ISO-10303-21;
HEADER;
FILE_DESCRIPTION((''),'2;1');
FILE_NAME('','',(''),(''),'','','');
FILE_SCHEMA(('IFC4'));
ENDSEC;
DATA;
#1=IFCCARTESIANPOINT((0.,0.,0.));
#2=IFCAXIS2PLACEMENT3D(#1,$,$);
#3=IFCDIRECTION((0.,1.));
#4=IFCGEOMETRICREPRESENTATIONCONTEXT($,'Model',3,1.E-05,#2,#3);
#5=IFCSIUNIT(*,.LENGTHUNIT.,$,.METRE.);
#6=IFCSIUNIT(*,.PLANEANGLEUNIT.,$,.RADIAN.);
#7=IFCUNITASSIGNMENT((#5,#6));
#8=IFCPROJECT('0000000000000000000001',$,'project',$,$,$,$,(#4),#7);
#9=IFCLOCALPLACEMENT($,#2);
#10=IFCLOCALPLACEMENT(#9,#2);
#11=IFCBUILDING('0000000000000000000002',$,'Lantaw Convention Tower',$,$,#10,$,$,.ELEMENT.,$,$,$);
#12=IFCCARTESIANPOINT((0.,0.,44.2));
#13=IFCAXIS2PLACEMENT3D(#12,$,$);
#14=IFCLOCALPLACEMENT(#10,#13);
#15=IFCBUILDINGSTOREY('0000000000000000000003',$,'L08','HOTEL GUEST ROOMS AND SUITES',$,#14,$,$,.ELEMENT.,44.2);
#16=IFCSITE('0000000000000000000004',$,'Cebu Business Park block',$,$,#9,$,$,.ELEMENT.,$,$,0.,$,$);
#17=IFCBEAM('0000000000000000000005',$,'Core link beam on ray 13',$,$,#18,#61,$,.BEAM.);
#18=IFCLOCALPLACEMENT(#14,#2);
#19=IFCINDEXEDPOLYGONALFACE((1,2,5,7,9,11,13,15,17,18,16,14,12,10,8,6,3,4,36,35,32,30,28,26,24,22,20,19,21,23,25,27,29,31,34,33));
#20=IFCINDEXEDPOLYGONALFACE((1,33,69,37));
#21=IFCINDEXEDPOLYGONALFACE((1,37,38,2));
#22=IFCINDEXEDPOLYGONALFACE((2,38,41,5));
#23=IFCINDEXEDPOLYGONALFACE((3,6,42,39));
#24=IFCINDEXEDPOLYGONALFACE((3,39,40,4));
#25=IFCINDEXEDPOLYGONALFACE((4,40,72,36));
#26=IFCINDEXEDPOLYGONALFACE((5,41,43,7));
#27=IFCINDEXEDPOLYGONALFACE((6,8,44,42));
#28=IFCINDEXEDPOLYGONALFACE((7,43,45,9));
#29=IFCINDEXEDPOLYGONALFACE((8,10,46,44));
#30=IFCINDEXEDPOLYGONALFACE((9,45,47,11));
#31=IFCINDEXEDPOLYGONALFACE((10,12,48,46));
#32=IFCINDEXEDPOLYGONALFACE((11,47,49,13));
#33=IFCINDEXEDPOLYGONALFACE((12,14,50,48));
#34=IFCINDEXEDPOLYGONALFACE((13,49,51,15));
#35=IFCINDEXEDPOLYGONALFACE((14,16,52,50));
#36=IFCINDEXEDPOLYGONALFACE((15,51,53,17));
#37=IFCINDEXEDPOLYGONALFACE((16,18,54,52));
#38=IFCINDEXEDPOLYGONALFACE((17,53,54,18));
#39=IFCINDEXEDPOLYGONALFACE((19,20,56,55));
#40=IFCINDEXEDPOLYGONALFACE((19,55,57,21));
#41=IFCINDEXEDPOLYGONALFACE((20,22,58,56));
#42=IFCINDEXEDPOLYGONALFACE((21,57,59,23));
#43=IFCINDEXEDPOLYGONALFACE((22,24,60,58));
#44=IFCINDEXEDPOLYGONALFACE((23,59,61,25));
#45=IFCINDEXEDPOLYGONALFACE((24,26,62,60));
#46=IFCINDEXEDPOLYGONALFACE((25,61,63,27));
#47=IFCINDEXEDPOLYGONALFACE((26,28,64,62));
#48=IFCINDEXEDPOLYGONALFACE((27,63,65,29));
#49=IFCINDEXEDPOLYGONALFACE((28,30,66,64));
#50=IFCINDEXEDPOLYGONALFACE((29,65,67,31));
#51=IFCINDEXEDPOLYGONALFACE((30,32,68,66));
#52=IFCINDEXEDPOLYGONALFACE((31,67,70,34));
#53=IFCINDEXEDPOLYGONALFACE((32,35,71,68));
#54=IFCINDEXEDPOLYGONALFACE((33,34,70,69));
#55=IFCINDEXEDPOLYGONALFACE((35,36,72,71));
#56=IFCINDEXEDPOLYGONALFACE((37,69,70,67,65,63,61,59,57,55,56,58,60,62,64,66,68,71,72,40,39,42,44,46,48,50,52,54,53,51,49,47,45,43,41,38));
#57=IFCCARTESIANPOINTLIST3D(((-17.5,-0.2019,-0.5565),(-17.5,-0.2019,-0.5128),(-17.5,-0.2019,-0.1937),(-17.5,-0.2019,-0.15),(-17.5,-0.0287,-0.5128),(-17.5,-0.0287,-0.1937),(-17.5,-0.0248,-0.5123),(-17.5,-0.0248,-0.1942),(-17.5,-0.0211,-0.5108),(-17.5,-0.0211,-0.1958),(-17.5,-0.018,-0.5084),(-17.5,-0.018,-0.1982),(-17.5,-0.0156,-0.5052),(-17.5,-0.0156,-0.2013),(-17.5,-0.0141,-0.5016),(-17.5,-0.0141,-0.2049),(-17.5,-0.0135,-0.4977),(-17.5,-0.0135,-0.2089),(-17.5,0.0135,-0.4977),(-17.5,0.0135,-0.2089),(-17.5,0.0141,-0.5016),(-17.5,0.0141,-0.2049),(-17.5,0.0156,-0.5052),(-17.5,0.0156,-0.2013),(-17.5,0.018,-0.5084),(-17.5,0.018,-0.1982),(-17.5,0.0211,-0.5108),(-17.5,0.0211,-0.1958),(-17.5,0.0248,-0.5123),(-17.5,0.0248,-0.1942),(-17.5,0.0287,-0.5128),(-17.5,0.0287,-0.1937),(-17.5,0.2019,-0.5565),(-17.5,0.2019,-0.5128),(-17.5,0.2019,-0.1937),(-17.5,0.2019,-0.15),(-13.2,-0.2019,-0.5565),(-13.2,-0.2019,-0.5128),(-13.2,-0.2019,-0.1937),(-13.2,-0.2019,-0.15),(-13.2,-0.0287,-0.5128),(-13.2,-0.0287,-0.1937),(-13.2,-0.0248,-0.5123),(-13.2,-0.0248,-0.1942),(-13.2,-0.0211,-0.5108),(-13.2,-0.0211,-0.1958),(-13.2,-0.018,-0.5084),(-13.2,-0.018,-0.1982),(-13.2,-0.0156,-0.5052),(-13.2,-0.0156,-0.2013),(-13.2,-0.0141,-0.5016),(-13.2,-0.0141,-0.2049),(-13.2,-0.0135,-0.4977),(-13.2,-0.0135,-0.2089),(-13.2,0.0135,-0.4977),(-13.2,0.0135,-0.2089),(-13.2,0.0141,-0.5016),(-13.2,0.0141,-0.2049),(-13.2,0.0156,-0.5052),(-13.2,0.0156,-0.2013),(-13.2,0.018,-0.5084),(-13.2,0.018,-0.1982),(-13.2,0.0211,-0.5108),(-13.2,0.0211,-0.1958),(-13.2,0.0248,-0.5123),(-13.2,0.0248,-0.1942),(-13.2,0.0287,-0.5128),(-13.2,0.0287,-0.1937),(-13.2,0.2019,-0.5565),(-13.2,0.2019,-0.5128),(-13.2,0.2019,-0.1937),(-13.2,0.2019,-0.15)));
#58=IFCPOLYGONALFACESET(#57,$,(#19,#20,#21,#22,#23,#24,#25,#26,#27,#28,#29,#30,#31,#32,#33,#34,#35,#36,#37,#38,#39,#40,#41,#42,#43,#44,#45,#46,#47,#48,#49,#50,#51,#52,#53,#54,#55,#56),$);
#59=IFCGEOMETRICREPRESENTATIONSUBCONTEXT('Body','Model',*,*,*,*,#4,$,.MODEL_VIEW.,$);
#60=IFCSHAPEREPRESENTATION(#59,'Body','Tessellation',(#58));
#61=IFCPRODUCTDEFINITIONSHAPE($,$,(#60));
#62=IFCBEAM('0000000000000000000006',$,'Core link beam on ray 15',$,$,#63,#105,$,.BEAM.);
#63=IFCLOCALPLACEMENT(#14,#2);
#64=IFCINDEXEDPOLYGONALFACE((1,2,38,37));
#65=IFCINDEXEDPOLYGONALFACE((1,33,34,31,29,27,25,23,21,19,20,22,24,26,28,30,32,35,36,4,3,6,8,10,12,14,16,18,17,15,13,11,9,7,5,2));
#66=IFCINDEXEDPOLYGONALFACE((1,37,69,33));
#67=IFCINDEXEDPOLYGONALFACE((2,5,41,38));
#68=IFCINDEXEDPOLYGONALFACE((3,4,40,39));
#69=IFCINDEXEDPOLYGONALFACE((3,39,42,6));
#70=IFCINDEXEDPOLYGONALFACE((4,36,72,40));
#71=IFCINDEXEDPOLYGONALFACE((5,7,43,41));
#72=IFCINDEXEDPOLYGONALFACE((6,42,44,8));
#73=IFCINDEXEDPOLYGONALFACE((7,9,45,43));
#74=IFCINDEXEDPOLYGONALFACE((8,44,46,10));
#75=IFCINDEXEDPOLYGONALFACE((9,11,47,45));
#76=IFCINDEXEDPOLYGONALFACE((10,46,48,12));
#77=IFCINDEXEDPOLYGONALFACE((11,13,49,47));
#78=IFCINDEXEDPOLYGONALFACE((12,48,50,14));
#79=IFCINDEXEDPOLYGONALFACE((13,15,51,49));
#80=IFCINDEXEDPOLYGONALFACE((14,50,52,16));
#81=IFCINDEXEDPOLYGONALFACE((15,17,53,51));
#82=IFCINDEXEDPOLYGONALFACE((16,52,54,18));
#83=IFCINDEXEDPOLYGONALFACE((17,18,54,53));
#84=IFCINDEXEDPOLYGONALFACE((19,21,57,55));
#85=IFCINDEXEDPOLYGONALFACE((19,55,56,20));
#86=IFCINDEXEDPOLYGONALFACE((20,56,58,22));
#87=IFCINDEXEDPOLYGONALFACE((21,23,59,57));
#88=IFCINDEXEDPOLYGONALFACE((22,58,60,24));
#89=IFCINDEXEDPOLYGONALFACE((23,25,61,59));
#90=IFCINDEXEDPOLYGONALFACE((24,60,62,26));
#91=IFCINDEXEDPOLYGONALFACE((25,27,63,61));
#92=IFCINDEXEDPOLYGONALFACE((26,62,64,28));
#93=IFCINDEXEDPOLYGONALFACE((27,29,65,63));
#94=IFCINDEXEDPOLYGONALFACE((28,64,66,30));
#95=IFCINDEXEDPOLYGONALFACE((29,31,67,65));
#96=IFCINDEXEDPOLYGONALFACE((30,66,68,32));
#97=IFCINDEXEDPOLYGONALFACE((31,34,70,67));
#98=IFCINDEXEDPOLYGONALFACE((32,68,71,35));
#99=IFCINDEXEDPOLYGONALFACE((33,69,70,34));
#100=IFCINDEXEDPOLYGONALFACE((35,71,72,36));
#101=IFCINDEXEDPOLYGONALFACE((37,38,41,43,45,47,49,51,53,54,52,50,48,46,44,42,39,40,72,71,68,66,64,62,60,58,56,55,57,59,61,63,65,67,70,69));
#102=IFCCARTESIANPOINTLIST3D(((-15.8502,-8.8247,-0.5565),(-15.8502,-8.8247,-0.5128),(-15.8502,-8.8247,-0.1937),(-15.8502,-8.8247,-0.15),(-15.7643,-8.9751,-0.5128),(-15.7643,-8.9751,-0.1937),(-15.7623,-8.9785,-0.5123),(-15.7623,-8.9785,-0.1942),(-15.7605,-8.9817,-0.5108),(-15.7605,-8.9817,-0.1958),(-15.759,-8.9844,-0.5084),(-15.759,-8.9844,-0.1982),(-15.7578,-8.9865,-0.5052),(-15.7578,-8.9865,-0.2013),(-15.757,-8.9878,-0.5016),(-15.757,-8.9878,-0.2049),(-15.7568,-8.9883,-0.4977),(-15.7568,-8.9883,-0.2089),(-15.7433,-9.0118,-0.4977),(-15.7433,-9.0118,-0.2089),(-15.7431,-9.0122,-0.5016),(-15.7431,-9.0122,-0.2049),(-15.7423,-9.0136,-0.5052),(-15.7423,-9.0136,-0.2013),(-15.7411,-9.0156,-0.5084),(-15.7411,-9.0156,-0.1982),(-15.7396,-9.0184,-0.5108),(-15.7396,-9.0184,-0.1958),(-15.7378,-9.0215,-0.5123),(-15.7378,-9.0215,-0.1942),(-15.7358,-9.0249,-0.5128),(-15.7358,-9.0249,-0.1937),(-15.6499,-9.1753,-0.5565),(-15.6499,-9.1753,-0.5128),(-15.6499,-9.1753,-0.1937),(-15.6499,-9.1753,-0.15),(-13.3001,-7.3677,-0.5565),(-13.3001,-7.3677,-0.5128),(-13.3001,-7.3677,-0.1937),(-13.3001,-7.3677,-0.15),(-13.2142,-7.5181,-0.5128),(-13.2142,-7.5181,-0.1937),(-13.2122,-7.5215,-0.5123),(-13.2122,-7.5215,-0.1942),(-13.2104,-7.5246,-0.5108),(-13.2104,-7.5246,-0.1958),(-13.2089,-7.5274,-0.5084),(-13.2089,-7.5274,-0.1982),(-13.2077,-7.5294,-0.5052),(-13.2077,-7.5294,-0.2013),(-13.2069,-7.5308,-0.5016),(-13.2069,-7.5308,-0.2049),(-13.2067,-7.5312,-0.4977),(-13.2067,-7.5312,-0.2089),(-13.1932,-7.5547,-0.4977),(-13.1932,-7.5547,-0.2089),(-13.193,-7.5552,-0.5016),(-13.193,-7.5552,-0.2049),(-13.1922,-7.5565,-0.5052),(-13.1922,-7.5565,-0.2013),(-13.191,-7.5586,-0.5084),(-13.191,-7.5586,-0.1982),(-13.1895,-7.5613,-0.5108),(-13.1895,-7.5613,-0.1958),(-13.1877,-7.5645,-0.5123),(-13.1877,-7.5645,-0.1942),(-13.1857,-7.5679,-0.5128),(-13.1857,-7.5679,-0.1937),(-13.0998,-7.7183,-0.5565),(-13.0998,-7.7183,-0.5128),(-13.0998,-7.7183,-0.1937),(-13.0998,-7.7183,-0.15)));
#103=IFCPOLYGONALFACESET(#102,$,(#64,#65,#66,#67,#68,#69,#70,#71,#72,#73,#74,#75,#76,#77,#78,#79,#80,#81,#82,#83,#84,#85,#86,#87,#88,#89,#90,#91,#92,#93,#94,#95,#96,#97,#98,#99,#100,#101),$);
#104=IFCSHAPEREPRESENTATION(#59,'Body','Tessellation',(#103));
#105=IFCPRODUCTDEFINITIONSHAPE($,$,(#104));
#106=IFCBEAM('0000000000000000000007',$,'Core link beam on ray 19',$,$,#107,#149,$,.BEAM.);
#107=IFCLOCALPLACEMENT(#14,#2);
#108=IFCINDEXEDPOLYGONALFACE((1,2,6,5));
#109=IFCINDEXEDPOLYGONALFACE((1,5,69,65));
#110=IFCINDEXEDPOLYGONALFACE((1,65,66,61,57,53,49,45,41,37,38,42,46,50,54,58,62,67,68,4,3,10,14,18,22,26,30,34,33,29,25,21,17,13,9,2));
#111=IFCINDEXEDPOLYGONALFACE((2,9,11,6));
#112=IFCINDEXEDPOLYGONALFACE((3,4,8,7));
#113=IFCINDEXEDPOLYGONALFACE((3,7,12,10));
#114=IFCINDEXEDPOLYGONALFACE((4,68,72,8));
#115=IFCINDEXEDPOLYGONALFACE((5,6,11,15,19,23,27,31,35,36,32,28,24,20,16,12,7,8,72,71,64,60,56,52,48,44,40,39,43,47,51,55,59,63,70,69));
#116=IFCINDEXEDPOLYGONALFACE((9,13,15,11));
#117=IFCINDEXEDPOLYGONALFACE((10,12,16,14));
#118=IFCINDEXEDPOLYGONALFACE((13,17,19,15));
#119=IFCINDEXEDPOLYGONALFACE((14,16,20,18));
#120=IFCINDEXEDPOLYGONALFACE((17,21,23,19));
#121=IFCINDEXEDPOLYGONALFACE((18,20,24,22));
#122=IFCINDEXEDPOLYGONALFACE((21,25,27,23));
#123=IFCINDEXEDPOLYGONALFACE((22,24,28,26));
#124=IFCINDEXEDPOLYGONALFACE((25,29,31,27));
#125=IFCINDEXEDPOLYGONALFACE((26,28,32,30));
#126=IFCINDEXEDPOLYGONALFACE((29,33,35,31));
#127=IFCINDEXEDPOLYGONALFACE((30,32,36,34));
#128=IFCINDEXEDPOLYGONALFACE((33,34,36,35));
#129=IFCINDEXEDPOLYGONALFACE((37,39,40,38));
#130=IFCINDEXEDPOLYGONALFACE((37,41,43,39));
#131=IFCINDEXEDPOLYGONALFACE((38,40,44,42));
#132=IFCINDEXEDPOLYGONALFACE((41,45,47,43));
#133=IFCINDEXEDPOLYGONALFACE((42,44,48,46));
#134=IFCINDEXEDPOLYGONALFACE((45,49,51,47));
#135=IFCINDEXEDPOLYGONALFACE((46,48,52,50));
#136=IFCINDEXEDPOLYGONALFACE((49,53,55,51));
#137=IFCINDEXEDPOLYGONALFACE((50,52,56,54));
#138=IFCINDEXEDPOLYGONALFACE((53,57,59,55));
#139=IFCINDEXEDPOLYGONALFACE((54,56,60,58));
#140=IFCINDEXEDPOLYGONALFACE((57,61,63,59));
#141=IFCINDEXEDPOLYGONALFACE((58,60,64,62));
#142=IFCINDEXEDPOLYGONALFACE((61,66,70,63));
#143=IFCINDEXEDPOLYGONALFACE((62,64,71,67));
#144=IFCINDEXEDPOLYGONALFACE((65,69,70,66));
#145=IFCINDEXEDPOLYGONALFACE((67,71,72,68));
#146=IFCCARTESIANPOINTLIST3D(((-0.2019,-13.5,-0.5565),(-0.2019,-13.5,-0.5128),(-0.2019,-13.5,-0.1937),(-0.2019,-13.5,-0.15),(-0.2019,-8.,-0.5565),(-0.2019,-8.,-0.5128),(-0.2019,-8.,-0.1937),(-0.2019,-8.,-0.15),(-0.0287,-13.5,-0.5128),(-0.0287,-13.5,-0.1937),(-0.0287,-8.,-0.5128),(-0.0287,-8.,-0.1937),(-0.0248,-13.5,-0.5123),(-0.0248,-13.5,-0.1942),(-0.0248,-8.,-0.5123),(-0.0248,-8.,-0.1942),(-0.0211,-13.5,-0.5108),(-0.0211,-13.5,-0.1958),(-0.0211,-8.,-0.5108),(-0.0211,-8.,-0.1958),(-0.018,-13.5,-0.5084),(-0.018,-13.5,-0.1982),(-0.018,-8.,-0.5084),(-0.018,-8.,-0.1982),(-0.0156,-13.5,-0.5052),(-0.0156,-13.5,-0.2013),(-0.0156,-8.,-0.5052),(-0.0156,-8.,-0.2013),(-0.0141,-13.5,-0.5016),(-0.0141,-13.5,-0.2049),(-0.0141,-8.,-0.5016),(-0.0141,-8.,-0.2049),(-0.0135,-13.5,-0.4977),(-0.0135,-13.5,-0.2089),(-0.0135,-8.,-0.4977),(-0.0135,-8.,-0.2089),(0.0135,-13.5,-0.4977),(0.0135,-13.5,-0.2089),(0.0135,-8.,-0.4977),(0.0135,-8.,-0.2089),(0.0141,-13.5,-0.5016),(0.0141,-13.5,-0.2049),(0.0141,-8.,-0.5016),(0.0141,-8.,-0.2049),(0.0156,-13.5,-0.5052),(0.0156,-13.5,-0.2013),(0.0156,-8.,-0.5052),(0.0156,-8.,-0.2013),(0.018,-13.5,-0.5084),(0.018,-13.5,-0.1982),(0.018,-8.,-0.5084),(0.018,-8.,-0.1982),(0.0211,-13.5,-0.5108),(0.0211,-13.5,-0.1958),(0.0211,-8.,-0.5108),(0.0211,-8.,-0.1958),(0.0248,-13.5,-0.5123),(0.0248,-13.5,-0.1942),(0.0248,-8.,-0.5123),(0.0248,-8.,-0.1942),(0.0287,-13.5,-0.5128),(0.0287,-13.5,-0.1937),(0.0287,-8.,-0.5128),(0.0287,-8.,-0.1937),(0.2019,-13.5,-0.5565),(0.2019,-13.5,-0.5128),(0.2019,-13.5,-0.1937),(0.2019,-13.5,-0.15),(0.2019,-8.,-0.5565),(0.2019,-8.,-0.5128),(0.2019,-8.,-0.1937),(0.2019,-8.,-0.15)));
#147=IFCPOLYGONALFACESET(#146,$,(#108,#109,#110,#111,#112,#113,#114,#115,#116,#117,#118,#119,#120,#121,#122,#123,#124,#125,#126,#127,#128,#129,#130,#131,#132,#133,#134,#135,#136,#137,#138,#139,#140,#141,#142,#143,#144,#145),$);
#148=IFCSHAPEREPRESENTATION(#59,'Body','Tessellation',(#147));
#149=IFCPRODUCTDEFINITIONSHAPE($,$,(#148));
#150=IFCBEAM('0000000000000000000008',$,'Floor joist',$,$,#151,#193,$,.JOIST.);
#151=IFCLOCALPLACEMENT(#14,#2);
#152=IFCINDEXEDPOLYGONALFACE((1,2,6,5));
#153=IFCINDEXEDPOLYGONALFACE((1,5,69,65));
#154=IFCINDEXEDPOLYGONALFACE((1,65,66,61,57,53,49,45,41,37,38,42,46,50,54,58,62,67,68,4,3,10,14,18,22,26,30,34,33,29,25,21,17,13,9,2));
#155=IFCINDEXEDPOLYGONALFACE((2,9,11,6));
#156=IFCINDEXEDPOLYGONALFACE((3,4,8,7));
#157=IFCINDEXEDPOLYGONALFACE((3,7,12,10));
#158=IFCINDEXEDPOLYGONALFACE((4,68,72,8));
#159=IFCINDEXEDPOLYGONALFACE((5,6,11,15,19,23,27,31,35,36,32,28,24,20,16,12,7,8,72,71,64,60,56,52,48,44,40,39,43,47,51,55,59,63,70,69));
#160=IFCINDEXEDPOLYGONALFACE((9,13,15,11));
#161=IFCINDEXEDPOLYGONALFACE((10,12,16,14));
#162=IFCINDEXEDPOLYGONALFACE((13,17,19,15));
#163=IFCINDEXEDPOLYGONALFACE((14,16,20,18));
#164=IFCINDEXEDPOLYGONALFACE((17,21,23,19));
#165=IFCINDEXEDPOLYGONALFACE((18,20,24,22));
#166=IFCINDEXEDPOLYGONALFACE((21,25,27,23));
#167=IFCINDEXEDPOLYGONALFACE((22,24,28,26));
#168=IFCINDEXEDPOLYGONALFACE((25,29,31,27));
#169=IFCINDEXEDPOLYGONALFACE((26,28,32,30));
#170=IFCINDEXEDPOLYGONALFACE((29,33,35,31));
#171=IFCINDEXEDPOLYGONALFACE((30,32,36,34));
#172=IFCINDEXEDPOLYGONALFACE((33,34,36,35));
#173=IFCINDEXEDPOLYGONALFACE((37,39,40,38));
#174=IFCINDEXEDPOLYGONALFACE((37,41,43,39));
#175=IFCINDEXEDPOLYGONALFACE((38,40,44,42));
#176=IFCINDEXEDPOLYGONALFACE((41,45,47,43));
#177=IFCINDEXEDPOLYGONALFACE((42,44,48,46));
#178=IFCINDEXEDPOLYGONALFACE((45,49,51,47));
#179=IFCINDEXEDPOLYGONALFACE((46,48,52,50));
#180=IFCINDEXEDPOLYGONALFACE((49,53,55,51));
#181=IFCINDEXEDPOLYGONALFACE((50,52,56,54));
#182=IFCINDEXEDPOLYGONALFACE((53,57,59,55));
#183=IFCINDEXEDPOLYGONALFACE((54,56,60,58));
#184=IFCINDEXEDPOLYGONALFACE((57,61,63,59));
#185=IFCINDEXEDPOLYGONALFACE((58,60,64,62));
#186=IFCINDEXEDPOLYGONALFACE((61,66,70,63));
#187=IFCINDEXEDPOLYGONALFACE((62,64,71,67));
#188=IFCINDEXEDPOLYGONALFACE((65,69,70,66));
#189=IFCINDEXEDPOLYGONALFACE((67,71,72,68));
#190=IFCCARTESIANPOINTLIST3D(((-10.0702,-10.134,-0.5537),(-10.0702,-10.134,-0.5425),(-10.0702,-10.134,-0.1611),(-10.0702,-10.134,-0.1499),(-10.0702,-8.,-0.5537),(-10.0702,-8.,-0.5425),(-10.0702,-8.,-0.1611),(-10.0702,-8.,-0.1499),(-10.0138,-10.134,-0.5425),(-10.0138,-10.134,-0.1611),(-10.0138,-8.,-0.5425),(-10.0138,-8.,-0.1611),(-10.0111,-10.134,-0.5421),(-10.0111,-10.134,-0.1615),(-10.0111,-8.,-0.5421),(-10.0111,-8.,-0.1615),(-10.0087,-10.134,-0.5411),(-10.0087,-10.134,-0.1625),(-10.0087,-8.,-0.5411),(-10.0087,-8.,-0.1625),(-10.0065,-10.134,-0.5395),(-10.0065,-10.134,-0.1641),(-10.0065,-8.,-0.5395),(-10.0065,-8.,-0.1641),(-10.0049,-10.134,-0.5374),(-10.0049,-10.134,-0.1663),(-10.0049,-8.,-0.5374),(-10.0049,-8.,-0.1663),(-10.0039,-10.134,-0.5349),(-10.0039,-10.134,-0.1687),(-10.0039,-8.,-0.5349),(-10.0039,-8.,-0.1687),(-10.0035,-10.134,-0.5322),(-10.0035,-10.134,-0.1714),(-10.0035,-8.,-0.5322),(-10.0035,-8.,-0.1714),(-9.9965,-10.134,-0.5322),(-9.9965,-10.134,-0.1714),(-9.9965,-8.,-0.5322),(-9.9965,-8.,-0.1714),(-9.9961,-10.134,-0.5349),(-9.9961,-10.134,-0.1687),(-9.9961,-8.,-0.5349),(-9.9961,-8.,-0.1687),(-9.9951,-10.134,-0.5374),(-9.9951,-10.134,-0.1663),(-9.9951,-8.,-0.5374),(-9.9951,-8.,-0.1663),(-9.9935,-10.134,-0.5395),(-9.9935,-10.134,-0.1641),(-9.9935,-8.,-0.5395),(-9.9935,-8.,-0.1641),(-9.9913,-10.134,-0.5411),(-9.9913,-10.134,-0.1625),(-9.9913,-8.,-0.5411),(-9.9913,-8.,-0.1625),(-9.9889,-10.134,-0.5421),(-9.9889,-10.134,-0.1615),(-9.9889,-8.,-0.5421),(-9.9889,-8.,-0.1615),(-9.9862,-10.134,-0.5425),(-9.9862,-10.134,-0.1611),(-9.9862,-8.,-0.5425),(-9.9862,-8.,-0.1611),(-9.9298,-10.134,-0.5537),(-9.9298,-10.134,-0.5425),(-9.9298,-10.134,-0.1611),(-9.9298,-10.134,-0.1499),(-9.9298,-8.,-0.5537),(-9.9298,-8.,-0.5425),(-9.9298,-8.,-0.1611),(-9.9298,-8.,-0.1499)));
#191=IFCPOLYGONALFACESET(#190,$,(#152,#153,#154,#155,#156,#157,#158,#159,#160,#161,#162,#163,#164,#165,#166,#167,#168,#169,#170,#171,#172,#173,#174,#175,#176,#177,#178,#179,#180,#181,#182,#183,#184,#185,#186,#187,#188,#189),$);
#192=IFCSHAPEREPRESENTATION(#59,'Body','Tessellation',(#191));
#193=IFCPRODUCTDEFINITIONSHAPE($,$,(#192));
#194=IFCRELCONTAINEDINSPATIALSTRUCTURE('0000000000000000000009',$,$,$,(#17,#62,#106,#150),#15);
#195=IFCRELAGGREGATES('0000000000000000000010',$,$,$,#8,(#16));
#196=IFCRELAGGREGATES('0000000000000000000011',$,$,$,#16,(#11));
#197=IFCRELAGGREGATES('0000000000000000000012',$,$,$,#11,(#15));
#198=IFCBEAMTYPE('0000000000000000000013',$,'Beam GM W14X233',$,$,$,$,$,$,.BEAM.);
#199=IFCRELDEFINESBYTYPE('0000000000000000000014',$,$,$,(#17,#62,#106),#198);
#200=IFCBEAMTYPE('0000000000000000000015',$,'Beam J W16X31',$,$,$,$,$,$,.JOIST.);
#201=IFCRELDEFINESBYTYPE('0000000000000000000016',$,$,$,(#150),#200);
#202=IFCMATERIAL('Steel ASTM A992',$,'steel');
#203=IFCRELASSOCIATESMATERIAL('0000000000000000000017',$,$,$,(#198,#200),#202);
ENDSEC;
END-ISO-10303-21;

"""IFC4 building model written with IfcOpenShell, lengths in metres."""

from ifc_helpers import new_model, si_unit, direction, frame, origin, origin_2d, place, context, subcontext, project, spatial, i_section, extrude, material, material_profile, profile_set, type_object, element, save


model = new_model("IFC4")

# Units and contexts
model_context = context("Model", 3, precision=1e-05, world=origin(), true_north=direction((0.0, 1.0)))
body_context = subcontext(model_context, "Body", "Model", "MODEL_VIEW")
ifc_project = project(units=[si_unit("LENGTHUNIT", "METRE"), si_unit("PLANEANGLEUNIT", "RADIAN")], contexts=[model_context])

# Site, building, storey
site_placement = place(None, origin())
site = spatial("IfcSite", under=ifc_project, at=site_placement, Name="Cebu Business Park block", CompositionType="ELEMENT", RefElevation=0.0)
building_placement = place(site_placement, origin())
building = spatial("IfcBuilding", under=site, at=building_placement, Name="Lantaw Convention Tower", CompositionType="ELEMENT")
storey_placement = place(building_placement, frame((0.0, 0.0, 44.2)))
storey = spatial("IfcBuildingStorey", under=building, at=storey_placement, Name="L08", Description="HOTEL GUEST ROOMS AND SUITES", CompositionType="ELEMENT", Elevation=44.2)

# Beams
ifc_material_1 = material(Name="Steel ASTM A992", Category="steel")
ifc_material_profile_1 = material_profile(ifc_material_1, i_section(OverallWidth=0.4038, OverallDepth=0.4065, WebThickness=0.0271, FlangeThickness=0.0437, FilletRadius=0.0151, at=origin_2d()), Name="W14X233")
ifc_profile_set_1 = profile_set([ifc_material_profile_1], Name="Steel ASTM A992")
beam_type_1 = type_object("IfcBeamType", Name="Beam GM W14X233", PredefinedType="BEAM", material=ifc_profile_set_1)
beam_1_placement = place(storey_placement, frame((-13.2, 0.0, -0.3533), z_axis=(-1.0, 0.0, 0.0), x_axis=(0.0, -1.0, 0.0)))
element("IfcBeam", 1, at=beam_1_placement, inside=storey, type_object=beam_type_1, Name="Core link beam on ray 13", PredefinedType="BEAM", context=body_context, shape_type="SweptSolid", body=[
    extrude(i_section(OverallWidth=0.4038, OverallDepth=0.4065, WebThickness=0.0271, FlangeThickness=0.0437, FilletRadius=0.0151, at=origin_2d()), origin(), (0.0, 0.0, 1.0), 4.3),
])
beam_2_placement = place(storey_placement, frame((-13.2, -7.543, -0.3533), z_axis=(-0.868264, -0.496103, 0.0), x_axis=(0.496103, -0.868264, 0.0)))
element("IfcBeam", 2, at=beam_2_placement, inside=storey, type_object=beam_type_1, Name="Core link beam on ray 15", PredefinedType="BEAM", context=body_context, shape_type="SweptSolid", body=[
    extrude(i_section(OverallWidth=0.4038, OverallDepth=0.4065, WebThickness=0.0271, FlangeThickness=0.0437, FilletRadius=0.0151, at=origin_2d()), origin(), (0.0, 0.0, 1.0), 2.937),
])
beam_3_placement = place(storey_placement, frame((0.0, -8.0, -0.3533), z_axis=(0.0, -1.0, 0.0), x_axis=(1.0, 0.0, 0.0)))
element("IfcBeam", 3, at=beam_3_placement, inside=storey, type_object=beam_type_1, Name="Core link beam on ray 19", PredefinedType="BEAM", context=body_context, shape_type="SweptSolid", body=[
    extrude(i_section(OverallWidth=0.4038, OverallDepth=0.4065, WebThickness=0.0271, FlangeThickness=0.0437, FilletRadius=0.0151, at=origin_2d()), origin(), (0.0, 0.0, 1.0), 5.5),
])
ifc_material_profile_2 = material_profile(ifc_material_1, i_section(OverallWidth=0.1404, OverallDepth=0.4038, WebThickness=0.0071, FlangeThickness=0.0112, FilletRadius=0.0103, at=origin_2d()), Name="W16X31")
ifc_profile_set_2 = profile_set([ifc_material_profile_2], Name="Steel ASTM A992")
beam_type_2 = type_object("IfcBeamType", Name="Beam J W16X31", PredefinedType="JOIST", material=ifc_profile_set_2)
beam_4_placement = place(storey_placement, frame((-10.0, -10.134, -0.3518), z_axis=(0.0, 1.0, 0.0), x_axis=(-1.0, 0.0, 0.0)))
element("IfcBeam", 4, at=beam_4_placement, inside=storey, type_object=beam_type_2, Name="Floor joist", PredefinedType="JOIST", context=body_context, shape_type="SweptSolid", body=[
    extrude(i_section(OverallWidth=0.1404, OverallDepth=0.4038, WebThickness=0.0071, FlangeThickness=0.0112, FilletRadius=0.0103, at=origin_2d()), origin(), (0.0, 0.0, 1.0), 2.134),
])

save(model, "model.ifc")
